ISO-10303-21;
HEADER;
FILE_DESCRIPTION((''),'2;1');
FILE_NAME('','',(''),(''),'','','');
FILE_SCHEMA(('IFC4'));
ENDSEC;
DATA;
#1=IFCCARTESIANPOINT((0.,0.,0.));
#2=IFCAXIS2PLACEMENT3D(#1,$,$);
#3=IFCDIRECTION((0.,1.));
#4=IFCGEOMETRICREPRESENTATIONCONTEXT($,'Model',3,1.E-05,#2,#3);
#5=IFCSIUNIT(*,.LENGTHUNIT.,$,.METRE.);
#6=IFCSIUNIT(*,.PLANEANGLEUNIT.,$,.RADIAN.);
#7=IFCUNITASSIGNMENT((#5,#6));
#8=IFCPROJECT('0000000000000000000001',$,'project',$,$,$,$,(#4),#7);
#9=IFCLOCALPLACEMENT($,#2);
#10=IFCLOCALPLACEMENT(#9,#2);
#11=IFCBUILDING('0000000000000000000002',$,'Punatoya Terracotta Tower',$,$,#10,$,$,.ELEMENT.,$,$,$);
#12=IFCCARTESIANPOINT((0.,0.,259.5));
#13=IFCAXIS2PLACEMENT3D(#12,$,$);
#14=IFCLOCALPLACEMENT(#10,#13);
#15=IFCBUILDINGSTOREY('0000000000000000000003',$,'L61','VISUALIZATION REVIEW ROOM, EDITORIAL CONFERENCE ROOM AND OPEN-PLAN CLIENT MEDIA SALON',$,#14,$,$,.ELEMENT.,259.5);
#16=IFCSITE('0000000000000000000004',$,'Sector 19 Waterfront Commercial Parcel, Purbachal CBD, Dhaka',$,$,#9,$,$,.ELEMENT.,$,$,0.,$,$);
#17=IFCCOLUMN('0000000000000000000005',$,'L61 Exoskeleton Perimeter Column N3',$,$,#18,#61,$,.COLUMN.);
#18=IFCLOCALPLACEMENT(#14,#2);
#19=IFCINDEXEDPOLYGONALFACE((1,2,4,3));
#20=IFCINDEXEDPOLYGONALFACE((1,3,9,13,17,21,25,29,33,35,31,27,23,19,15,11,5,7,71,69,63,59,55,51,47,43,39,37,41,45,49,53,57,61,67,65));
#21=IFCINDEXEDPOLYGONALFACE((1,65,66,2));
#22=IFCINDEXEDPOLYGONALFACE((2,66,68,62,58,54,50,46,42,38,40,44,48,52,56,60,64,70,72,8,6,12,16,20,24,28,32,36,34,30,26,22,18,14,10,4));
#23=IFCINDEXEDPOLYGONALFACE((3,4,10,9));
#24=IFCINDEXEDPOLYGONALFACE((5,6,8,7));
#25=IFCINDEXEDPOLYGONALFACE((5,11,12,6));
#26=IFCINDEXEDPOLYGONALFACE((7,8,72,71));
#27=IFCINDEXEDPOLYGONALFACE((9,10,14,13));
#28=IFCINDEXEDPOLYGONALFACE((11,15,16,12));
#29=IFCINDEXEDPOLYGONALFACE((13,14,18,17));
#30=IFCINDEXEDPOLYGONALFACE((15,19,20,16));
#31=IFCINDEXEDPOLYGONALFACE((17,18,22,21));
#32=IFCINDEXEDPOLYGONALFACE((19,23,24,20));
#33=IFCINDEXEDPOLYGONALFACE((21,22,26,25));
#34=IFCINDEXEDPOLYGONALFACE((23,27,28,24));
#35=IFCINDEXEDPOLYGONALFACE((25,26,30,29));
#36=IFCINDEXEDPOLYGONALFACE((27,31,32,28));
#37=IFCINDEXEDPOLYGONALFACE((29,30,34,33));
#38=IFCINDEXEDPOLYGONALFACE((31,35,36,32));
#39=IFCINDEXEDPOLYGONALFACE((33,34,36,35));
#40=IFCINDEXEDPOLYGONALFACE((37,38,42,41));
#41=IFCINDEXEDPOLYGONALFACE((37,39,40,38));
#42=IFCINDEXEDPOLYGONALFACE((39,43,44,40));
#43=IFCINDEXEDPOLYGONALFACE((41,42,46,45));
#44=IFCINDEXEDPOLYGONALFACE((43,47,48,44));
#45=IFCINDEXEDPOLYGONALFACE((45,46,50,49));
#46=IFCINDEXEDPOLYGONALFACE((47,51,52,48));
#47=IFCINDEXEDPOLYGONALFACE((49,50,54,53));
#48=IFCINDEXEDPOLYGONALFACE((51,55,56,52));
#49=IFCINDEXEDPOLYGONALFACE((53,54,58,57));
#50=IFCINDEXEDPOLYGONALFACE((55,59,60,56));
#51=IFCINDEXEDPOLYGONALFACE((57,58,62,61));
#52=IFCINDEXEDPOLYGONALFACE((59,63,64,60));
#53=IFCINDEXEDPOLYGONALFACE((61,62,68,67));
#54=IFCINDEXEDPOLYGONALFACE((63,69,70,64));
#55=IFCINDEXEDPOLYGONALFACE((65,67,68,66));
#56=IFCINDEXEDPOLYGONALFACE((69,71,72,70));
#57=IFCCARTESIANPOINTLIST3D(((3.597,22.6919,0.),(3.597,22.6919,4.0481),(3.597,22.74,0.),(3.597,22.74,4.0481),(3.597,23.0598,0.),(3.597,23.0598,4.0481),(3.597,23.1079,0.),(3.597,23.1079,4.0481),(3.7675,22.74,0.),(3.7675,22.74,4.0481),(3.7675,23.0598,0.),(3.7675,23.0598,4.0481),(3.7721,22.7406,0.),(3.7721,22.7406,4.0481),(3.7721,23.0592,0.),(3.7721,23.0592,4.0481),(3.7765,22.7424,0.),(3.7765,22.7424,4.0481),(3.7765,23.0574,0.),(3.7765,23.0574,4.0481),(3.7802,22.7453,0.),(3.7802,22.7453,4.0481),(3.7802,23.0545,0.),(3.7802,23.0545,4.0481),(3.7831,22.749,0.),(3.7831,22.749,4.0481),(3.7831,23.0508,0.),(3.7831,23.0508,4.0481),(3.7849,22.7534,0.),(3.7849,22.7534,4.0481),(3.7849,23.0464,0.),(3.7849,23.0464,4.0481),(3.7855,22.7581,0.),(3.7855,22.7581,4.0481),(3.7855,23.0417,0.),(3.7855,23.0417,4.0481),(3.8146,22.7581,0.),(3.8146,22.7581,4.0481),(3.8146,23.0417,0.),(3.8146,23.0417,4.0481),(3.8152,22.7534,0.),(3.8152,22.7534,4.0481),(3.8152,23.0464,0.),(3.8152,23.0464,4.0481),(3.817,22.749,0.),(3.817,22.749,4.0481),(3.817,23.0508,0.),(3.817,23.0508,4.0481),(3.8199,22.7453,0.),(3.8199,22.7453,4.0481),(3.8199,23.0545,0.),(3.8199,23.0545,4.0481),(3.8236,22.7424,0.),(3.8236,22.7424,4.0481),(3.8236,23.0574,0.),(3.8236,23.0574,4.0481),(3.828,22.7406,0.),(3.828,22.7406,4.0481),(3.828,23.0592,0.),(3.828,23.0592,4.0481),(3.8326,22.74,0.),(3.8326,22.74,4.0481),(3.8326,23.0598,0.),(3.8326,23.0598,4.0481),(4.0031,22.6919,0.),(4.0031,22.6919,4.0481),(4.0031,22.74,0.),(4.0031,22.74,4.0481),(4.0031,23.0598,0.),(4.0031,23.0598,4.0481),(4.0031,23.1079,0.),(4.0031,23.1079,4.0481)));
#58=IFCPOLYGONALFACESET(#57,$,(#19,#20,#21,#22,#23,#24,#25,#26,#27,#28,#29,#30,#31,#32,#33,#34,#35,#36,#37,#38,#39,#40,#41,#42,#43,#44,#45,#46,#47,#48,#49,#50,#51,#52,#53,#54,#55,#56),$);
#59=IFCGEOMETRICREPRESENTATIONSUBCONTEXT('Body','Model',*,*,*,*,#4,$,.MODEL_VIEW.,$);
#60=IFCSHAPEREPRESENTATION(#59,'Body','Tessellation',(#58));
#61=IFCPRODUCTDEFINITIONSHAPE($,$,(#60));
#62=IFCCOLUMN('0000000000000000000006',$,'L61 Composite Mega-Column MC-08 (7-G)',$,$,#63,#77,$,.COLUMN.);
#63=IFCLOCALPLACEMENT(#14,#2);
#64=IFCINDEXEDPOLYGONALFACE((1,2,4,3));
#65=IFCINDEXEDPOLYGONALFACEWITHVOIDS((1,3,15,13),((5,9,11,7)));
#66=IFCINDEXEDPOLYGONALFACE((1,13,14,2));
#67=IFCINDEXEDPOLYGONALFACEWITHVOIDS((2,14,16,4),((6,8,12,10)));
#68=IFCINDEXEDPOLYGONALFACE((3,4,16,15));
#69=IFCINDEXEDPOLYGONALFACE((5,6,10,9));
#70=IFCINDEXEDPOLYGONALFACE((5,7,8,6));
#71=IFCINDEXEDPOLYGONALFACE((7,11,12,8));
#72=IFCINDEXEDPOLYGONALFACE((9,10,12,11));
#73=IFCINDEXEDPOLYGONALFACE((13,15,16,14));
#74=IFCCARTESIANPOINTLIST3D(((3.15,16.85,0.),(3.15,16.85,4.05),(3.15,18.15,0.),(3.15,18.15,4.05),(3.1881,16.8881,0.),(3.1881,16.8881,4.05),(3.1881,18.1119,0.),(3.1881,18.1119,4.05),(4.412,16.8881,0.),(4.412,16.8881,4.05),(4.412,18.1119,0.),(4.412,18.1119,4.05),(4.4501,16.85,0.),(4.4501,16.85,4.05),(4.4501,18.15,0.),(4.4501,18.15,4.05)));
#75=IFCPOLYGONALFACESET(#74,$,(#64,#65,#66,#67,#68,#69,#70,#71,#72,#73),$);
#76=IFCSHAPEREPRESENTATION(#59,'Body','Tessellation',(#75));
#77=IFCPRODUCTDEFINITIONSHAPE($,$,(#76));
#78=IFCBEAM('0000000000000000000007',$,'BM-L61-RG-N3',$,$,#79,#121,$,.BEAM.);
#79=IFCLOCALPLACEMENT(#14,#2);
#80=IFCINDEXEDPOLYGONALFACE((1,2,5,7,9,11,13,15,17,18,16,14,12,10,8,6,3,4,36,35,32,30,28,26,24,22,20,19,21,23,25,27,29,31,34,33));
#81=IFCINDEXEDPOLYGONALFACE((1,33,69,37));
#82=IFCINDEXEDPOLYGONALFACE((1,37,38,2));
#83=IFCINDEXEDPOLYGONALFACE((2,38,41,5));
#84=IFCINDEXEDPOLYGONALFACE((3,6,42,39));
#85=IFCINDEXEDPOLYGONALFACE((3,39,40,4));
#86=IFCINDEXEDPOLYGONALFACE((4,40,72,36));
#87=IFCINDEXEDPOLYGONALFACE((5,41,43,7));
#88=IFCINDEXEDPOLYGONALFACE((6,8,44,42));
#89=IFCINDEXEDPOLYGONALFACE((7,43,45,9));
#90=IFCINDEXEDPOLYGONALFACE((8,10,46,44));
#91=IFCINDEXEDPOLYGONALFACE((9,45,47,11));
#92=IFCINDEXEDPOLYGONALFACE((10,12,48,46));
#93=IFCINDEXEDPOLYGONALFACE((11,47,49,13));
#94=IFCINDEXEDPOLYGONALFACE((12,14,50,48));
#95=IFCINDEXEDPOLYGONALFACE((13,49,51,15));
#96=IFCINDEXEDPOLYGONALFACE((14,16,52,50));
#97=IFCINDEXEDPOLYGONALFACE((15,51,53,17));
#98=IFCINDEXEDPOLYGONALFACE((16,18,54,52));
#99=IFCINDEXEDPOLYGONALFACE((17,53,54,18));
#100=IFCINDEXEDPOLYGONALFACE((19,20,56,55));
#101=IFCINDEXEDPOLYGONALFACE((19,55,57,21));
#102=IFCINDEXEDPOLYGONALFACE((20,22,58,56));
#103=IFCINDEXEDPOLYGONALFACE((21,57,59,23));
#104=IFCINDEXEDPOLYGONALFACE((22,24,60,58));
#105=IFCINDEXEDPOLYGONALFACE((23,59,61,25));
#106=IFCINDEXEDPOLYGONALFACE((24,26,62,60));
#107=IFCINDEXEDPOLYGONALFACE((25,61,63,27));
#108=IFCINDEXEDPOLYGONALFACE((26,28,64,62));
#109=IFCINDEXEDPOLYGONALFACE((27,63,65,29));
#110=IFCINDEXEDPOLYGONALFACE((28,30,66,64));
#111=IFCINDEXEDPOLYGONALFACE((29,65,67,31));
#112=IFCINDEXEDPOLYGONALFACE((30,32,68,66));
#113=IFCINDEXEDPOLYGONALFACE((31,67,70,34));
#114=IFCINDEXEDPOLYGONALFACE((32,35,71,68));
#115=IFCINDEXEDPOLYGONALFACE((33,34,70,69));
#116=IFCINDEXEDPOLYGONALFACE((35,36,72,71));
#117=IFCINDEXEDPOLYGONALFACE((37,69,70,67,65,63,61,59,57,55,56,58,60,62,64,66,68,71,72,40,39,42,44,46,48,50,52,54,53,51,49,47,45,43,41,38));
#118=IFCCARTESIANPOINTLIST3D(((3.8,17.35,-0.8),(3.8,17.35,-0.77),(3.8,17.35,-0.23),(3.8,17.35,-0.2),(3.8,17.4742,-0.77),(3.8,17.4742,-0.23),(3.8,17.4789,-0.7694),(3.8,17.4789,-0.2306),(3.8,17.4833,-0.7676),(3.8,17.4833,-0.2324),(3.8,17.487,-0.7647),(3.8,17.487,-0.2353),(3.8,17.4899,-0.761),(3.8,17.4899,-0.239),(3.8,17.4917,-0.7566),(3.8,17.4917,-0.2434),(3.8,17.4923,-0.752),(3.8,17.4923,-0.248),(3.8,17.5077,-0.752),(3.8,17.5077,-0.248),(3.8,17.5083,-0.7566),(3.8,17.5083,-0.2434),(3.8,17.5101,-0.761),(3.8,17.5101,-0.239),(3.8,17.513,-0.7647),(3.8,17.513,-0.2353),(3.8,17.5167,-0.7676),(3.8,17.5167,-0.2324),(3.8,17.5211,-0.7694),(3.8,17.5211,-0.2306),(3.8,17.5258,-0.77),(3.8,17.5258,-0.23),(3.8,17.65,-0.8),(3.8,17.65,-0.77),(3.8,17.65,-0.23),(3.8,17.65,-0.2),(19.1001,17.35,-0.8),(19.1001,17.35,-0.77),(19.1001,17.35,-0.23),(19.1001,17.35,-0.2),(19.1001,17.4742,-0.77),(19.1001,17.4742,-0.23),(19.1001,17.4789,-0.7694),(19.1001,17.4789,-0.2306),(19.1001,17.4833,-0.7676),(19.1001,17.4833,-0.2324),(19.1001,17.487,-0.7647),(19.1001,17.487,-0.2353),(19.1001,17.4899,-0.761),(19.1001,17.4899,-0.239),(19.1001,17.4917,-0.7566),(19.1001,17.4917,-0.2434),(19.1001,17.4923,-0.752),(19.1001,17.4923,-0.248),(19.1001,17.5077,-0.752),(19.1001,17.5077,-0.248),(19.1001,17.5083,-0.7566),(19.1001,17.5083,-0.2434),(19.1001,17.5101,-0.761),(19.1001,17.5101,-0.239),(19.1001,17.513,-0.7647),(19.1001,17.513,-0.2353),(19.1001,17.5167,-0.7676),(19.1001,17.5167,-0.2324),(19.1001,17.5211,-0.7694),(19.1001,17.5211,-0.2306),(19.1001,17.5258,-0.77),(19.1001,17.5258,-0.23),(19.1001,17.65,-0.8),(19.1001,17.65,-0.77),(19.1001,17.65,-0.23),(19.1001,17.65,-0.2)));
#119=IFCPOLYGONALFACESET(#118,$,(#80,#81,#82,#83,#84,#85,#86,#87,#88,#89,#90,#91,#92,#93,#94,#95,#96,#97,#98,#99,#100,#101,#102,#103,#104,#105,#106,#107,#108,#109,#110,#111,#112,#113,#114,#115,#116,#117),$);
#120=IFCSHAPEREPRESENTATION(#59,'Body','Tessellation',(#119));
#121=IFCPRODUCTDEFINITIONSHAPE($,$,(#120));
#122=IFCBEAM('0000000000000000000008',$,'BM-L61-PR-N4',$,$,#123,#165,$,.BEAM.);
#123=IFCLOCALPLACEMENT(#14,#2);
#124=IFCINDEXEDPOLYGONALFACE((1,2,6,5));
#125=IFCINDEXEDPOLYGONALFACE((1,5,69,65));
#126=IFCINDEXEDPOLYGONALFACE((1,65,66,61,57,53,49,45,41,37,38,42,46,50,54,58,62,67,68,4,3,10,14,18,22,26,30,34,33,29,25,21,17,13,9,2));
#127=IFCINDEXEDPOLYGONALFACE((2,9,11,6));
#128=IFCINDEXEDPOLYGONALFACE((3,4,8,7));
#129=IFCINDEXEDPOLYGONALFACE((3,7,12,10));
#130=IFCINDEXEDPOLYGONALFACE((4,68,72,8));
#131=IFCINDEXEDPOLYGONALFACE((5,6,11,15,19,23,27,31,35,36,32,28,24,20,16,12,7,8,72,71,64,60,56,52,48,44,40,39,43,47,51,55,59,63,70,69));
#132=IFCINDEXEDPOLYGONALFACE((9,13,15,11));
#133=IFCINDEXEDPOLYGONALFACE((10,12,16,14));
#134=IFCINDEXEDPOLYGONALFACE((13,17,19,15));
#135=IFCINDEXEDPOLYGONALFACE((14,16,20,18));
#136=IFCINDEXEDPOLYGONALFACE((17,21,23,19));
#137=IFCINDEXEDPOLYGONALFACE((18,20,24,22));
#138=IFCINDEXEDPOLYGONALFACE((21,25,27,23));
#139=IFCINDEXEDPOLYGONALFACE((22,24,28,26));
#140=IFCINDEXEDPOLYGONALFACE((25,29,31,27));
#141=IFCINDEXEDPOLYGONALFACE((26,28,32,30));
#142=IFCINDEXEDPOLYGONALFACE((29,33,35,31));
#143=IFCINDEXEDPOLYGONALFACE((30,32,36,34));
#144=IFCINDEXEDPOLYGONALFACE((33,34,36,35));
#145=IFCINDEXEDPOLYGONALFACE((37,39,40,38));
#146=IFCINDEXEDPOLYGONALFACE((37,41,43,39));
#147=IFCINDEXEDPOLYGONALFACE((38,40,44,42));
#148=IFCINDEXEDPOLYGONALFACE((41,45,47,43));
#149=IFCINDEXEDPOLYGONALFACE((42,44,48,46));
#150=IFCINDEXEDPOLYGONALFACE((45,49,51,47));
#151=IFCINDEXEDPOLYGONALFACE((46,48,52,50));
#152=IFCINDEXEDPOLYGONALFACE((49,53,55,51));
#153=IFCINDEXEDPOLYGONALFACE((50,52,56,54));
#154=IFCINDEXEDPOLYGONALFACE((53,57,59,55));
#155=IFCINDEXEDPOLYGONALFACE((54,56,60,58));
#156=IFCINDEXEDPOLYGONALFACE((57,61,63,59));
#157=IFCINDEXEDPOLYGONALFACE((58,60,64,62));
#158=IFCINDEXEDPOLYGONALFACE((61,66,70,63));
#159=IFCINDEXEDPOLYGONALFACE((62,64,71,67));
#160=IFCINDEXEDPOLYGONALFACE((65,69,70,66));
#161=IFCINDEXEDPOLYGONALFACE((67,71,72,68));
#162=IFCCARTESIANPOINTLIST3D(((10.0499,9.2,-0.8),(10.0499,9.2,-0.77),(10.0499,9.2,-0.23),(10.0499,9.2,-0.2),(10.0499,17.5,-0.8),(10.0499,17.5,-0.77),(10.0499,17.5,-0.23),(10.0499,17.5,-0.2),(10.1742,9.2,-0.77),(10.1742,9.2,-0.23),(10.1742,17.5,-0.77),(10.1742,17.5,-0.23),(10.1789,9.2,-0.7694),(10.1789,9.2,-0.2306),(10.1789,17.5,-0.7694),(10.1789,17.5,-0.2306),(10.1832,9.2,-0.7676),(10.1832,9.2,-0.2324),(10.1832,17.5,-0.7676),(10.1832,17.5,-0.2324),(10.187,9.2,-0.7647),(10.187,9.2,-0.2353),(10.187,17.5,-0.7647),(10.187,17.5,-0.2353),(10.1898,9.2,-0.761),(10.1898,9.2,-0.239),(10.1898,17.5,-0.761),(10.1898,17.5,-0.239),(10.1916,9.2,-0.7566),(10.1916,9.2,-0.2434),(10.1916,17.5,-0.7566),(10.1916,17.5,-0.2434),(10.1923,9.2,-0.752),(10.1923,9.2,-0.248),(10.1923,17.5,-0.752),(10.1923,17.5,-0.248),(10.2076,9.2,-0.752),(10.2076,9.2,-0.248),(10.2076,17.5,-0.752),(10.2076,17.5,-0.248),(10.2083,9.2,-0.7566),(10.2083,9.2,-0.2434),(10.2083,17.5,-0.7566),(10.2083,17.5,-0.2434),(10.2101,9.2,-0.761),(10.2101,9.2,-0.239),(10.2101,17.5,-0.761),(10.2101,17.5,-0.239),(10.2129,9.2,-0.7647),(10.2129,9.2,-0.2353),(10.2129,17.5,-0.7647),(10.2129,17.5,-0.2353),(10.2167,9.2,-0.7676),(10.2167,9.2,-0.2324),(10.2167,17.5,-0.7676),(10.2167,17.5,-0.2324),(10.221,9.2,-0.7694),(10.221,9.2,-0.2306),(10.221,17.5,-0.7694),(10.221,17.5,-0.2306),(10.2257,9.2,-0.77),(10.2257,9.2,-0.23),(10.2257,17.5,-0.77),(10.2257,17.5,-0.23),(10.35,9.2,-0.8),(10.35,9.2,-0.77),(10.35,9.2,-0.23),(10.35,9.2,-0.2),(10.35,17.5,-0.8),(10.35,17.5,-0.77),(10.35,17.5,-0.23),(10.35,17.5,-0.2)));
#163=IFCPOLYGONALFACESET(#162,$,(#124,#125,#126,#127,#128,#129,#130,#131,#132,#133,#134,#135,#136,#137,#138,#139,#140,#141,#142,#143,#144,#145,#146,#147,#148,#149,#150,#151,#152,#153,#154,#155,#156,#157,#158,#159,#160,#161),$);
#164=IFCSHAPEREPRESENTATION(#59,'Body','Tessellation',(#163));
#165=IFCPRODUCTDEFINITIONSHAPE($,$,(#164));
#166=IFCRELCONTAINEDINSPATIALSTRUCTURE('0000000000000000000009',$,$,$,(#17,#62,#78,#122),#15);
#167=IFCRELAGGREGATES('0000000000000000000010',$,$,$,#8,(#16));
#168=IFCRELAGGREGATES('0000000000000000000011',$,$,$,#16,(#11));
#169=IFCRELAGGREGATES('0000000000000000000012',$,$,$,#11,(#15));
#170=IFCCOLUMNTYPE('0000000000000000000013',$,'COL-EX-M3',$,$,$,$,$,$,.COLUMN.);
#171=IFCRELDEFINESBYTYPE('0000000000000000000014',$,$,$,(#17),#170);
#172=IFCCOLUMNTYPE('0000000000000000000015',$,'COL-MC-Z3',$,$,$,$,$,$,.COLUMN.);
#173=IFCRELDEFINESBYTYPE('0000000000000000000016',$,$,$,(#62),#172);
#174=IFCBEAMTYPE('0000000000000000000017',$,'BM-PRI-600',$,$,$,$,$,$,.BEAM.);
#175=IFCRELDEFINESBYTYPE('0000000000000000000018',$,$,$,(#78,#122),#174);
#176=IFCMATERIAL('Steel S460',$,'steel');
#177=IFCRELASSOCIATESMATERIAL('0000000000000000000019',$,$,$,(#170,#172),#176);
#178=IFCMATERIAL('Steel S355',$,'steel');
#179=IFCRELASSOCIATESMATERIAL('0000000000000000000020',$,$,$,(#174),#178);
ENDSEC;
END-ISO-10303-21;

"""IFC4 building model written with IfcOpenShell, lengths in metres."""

from ifc_helpers import new_model, si_unit, direction, frame, origin, origin_2d, place, context, subcontext, project, spatial, hollow_rectangle, i_section, extrude, material, material_profile, profile_set, type_object, element, save


model = new_model("IFC4")

# Units and contexts
model_context = context("Model", 3, precision=1e-05, world=origin(), true_north=direction((0.0, 1.0)))
body_context = subcontext(model_context, "Body", "Model", "MODEL_VIEW")
ifc_project = project(units=[si_unit("LENGTHUNIT", "METRE"), si_unit("PLANEANGLEUNIT", "RADIAN")], contexts=[model_context])

# Site, building, storey
site_placement = place(None, origin())
site = spatial("IfcSite", under=ifc_project, at=site_placement, Name="Sector 19 Waterfront Commercial Parcel, Purbachal CBD, Dhaka", CompositionType="ELEMENT", RefElevation=0.0)
building_placement = place(site_placement, origin())
building = spatial("IfcBuilding", under=site, at=building_placement, Name="Punatoya Terracotta Tower", CompositionType="ELEMENT")
storey_placement = place(building_placement, frame((0.0, 0.0, 259.5)))
storey = spatial("IfcBuildingStorey", under=building, at=storey_placement, Name="L61", Description="VISUALIZATION REVIEW ROOM, EDITORIAL CONFERENCE ROOM AND OPEN-PLAN CLIENT MEDIA SALON", CompositionType="ELEMENT", Elevation=259.5)

# Columns
ifc_material_1 = material(Name="Steel S460", Category="steel")
ifc_material_profile_1 = material_profile(ifc_material_1, i_section(OverallWidth=0.406, OverallDepth=0.416, WebThickness=0.0291, FlangeThickness=0.0481, FilletRadius=0.0181, at=origin_2d()))
ifc_profile_set_1 = profile_set([ifc_material_profile_1], Name="Steel S460")
column_type_1 = type_object("IfcColumnType", Name="COL-EX-M3", PredefinedType="COLUMN", material=ifc_profile_set_1)
column_1_placement = place(storey_placement, frame((3.8, 22.8999, 0.0), z_axis=(0.0, 0.0, 1.0), x_axis=(1.0, 0.0, 0.0)))
element("IfcColumn", 1, at=column_1_placement, inside=storey, type_object=column_type_1, Name="L61 Exoskeleton Perimeter Column N3", PredefinedType="COLUMN", context=body_context, shape_type="SweptSolid", body=[
    extrude(i_section(OverallWidth=0.406, OverallDepth=0.416, WebThickness=0.0291, FlangeThickness=0.0481, FilletRadius=0.0181, at=origin_2d()), origin(), (0.0, 0.0, 1.0), 4.0481),
])
ifc_material_profile_2 = material_profile(ifc_material_1, hollow_rectangle(XDim=1.3, YDim=1.3, WallThickness=0.0381, at=origin_2d()))
ifc_profile_set_2 = profile_set([ifc_material_profile_2], Name="Steel S460")
column_type_2 = type_object("IfcColumnType", Name="COL-MC-Z3", PredefinedType="COLUMN", material=ifc_profile_set_2)
column_2_placement = place(storey_placement, frame((3.8, 17.5, 0.0), z_axis=(0.0, 0.0, 1.0), x_axis=(1.0, 0.0, 0.0)))
element("IfcColumn", 2, at=column_2_placement, inside=storey, type_object=column_type_2, Name="L61 Composite Mega-Column MC-08 (7-G)", PredefinedType="COLUMN", context=body_context, shape_type="SweptSolid", body=[
    extrude(hollow_rectangle(XDim=1.3, YDim=1.3, WallThickness=0.0381, at=origin_2d()), origin(), (0.0, 0.0, 1.0), 4.05),
])

# Beams
ifc_material_2 = material(Name="Steel S355", Category="steel")
ifc_material_profile_3 = material_profile(ifc_material_2, i_section(OverallWidth=0.3, OverallDepth=0.6001, WebThickness=0.0154, FlangeThickness=0.03, FilletRadius=0.0181, at=origin_2d()))
ifc_profile_set_3 = profile_set([ifc_material_profile_3], Name="Steel S355")
beam_type_1 = type_object("IfcBeamType", Name="BM-PRI-600", PredefinedType="BEAM", material=ifc_profile_set_3)
beam_1_placement = place(storey_placement, frame((3.8, 17.5, -0.5), z_axis=(1.0, 0.0, 0.0), x_axis=(0.0, 1.0, 0.0)))
element("IfcBeam", 3, at=beam_1_placement, inside=storey, type_object=beam_type_1, Name="BM-L61-RG-N3", PredefinedType="BEAM", context=body_context, shape_type="SweptSolid", body=[
    extrude(i_section(OverallWidth=0.3, OverallDepth=0.6001, WebThickness=0.0154, FlangeThickness=0.03, FilletRadius=0.0181, at=origin_2d()), origin(), (0.0, 0.0, 1.0), 15.3),
])
beam_2_placement = place(storey_placement, frame((10.2, 9.2, -0.5), z_axis=(0.0, 1.0, 0.0), x_axis=(-1.0, 0.0, 0.0)))
element("IfcBeam", 4, at=beam_2_placement, inside=storey, type_object=beam_type_1, Name="BM-L61-PR-N4", PredefinedType="BEAM", context=body_context, shape_type="SweptSolid", body=[
    extrude(i_section(OverallWidth=0.3, OverallDepth=0.6001, WebThickness=0.0154, FlangeThickness=0.03, FilletRadius=0.0181, at=origin_2d()), origin(), (0.0, 0.0, 1.0), 8.3),
])

save(model, "model.ifc")
